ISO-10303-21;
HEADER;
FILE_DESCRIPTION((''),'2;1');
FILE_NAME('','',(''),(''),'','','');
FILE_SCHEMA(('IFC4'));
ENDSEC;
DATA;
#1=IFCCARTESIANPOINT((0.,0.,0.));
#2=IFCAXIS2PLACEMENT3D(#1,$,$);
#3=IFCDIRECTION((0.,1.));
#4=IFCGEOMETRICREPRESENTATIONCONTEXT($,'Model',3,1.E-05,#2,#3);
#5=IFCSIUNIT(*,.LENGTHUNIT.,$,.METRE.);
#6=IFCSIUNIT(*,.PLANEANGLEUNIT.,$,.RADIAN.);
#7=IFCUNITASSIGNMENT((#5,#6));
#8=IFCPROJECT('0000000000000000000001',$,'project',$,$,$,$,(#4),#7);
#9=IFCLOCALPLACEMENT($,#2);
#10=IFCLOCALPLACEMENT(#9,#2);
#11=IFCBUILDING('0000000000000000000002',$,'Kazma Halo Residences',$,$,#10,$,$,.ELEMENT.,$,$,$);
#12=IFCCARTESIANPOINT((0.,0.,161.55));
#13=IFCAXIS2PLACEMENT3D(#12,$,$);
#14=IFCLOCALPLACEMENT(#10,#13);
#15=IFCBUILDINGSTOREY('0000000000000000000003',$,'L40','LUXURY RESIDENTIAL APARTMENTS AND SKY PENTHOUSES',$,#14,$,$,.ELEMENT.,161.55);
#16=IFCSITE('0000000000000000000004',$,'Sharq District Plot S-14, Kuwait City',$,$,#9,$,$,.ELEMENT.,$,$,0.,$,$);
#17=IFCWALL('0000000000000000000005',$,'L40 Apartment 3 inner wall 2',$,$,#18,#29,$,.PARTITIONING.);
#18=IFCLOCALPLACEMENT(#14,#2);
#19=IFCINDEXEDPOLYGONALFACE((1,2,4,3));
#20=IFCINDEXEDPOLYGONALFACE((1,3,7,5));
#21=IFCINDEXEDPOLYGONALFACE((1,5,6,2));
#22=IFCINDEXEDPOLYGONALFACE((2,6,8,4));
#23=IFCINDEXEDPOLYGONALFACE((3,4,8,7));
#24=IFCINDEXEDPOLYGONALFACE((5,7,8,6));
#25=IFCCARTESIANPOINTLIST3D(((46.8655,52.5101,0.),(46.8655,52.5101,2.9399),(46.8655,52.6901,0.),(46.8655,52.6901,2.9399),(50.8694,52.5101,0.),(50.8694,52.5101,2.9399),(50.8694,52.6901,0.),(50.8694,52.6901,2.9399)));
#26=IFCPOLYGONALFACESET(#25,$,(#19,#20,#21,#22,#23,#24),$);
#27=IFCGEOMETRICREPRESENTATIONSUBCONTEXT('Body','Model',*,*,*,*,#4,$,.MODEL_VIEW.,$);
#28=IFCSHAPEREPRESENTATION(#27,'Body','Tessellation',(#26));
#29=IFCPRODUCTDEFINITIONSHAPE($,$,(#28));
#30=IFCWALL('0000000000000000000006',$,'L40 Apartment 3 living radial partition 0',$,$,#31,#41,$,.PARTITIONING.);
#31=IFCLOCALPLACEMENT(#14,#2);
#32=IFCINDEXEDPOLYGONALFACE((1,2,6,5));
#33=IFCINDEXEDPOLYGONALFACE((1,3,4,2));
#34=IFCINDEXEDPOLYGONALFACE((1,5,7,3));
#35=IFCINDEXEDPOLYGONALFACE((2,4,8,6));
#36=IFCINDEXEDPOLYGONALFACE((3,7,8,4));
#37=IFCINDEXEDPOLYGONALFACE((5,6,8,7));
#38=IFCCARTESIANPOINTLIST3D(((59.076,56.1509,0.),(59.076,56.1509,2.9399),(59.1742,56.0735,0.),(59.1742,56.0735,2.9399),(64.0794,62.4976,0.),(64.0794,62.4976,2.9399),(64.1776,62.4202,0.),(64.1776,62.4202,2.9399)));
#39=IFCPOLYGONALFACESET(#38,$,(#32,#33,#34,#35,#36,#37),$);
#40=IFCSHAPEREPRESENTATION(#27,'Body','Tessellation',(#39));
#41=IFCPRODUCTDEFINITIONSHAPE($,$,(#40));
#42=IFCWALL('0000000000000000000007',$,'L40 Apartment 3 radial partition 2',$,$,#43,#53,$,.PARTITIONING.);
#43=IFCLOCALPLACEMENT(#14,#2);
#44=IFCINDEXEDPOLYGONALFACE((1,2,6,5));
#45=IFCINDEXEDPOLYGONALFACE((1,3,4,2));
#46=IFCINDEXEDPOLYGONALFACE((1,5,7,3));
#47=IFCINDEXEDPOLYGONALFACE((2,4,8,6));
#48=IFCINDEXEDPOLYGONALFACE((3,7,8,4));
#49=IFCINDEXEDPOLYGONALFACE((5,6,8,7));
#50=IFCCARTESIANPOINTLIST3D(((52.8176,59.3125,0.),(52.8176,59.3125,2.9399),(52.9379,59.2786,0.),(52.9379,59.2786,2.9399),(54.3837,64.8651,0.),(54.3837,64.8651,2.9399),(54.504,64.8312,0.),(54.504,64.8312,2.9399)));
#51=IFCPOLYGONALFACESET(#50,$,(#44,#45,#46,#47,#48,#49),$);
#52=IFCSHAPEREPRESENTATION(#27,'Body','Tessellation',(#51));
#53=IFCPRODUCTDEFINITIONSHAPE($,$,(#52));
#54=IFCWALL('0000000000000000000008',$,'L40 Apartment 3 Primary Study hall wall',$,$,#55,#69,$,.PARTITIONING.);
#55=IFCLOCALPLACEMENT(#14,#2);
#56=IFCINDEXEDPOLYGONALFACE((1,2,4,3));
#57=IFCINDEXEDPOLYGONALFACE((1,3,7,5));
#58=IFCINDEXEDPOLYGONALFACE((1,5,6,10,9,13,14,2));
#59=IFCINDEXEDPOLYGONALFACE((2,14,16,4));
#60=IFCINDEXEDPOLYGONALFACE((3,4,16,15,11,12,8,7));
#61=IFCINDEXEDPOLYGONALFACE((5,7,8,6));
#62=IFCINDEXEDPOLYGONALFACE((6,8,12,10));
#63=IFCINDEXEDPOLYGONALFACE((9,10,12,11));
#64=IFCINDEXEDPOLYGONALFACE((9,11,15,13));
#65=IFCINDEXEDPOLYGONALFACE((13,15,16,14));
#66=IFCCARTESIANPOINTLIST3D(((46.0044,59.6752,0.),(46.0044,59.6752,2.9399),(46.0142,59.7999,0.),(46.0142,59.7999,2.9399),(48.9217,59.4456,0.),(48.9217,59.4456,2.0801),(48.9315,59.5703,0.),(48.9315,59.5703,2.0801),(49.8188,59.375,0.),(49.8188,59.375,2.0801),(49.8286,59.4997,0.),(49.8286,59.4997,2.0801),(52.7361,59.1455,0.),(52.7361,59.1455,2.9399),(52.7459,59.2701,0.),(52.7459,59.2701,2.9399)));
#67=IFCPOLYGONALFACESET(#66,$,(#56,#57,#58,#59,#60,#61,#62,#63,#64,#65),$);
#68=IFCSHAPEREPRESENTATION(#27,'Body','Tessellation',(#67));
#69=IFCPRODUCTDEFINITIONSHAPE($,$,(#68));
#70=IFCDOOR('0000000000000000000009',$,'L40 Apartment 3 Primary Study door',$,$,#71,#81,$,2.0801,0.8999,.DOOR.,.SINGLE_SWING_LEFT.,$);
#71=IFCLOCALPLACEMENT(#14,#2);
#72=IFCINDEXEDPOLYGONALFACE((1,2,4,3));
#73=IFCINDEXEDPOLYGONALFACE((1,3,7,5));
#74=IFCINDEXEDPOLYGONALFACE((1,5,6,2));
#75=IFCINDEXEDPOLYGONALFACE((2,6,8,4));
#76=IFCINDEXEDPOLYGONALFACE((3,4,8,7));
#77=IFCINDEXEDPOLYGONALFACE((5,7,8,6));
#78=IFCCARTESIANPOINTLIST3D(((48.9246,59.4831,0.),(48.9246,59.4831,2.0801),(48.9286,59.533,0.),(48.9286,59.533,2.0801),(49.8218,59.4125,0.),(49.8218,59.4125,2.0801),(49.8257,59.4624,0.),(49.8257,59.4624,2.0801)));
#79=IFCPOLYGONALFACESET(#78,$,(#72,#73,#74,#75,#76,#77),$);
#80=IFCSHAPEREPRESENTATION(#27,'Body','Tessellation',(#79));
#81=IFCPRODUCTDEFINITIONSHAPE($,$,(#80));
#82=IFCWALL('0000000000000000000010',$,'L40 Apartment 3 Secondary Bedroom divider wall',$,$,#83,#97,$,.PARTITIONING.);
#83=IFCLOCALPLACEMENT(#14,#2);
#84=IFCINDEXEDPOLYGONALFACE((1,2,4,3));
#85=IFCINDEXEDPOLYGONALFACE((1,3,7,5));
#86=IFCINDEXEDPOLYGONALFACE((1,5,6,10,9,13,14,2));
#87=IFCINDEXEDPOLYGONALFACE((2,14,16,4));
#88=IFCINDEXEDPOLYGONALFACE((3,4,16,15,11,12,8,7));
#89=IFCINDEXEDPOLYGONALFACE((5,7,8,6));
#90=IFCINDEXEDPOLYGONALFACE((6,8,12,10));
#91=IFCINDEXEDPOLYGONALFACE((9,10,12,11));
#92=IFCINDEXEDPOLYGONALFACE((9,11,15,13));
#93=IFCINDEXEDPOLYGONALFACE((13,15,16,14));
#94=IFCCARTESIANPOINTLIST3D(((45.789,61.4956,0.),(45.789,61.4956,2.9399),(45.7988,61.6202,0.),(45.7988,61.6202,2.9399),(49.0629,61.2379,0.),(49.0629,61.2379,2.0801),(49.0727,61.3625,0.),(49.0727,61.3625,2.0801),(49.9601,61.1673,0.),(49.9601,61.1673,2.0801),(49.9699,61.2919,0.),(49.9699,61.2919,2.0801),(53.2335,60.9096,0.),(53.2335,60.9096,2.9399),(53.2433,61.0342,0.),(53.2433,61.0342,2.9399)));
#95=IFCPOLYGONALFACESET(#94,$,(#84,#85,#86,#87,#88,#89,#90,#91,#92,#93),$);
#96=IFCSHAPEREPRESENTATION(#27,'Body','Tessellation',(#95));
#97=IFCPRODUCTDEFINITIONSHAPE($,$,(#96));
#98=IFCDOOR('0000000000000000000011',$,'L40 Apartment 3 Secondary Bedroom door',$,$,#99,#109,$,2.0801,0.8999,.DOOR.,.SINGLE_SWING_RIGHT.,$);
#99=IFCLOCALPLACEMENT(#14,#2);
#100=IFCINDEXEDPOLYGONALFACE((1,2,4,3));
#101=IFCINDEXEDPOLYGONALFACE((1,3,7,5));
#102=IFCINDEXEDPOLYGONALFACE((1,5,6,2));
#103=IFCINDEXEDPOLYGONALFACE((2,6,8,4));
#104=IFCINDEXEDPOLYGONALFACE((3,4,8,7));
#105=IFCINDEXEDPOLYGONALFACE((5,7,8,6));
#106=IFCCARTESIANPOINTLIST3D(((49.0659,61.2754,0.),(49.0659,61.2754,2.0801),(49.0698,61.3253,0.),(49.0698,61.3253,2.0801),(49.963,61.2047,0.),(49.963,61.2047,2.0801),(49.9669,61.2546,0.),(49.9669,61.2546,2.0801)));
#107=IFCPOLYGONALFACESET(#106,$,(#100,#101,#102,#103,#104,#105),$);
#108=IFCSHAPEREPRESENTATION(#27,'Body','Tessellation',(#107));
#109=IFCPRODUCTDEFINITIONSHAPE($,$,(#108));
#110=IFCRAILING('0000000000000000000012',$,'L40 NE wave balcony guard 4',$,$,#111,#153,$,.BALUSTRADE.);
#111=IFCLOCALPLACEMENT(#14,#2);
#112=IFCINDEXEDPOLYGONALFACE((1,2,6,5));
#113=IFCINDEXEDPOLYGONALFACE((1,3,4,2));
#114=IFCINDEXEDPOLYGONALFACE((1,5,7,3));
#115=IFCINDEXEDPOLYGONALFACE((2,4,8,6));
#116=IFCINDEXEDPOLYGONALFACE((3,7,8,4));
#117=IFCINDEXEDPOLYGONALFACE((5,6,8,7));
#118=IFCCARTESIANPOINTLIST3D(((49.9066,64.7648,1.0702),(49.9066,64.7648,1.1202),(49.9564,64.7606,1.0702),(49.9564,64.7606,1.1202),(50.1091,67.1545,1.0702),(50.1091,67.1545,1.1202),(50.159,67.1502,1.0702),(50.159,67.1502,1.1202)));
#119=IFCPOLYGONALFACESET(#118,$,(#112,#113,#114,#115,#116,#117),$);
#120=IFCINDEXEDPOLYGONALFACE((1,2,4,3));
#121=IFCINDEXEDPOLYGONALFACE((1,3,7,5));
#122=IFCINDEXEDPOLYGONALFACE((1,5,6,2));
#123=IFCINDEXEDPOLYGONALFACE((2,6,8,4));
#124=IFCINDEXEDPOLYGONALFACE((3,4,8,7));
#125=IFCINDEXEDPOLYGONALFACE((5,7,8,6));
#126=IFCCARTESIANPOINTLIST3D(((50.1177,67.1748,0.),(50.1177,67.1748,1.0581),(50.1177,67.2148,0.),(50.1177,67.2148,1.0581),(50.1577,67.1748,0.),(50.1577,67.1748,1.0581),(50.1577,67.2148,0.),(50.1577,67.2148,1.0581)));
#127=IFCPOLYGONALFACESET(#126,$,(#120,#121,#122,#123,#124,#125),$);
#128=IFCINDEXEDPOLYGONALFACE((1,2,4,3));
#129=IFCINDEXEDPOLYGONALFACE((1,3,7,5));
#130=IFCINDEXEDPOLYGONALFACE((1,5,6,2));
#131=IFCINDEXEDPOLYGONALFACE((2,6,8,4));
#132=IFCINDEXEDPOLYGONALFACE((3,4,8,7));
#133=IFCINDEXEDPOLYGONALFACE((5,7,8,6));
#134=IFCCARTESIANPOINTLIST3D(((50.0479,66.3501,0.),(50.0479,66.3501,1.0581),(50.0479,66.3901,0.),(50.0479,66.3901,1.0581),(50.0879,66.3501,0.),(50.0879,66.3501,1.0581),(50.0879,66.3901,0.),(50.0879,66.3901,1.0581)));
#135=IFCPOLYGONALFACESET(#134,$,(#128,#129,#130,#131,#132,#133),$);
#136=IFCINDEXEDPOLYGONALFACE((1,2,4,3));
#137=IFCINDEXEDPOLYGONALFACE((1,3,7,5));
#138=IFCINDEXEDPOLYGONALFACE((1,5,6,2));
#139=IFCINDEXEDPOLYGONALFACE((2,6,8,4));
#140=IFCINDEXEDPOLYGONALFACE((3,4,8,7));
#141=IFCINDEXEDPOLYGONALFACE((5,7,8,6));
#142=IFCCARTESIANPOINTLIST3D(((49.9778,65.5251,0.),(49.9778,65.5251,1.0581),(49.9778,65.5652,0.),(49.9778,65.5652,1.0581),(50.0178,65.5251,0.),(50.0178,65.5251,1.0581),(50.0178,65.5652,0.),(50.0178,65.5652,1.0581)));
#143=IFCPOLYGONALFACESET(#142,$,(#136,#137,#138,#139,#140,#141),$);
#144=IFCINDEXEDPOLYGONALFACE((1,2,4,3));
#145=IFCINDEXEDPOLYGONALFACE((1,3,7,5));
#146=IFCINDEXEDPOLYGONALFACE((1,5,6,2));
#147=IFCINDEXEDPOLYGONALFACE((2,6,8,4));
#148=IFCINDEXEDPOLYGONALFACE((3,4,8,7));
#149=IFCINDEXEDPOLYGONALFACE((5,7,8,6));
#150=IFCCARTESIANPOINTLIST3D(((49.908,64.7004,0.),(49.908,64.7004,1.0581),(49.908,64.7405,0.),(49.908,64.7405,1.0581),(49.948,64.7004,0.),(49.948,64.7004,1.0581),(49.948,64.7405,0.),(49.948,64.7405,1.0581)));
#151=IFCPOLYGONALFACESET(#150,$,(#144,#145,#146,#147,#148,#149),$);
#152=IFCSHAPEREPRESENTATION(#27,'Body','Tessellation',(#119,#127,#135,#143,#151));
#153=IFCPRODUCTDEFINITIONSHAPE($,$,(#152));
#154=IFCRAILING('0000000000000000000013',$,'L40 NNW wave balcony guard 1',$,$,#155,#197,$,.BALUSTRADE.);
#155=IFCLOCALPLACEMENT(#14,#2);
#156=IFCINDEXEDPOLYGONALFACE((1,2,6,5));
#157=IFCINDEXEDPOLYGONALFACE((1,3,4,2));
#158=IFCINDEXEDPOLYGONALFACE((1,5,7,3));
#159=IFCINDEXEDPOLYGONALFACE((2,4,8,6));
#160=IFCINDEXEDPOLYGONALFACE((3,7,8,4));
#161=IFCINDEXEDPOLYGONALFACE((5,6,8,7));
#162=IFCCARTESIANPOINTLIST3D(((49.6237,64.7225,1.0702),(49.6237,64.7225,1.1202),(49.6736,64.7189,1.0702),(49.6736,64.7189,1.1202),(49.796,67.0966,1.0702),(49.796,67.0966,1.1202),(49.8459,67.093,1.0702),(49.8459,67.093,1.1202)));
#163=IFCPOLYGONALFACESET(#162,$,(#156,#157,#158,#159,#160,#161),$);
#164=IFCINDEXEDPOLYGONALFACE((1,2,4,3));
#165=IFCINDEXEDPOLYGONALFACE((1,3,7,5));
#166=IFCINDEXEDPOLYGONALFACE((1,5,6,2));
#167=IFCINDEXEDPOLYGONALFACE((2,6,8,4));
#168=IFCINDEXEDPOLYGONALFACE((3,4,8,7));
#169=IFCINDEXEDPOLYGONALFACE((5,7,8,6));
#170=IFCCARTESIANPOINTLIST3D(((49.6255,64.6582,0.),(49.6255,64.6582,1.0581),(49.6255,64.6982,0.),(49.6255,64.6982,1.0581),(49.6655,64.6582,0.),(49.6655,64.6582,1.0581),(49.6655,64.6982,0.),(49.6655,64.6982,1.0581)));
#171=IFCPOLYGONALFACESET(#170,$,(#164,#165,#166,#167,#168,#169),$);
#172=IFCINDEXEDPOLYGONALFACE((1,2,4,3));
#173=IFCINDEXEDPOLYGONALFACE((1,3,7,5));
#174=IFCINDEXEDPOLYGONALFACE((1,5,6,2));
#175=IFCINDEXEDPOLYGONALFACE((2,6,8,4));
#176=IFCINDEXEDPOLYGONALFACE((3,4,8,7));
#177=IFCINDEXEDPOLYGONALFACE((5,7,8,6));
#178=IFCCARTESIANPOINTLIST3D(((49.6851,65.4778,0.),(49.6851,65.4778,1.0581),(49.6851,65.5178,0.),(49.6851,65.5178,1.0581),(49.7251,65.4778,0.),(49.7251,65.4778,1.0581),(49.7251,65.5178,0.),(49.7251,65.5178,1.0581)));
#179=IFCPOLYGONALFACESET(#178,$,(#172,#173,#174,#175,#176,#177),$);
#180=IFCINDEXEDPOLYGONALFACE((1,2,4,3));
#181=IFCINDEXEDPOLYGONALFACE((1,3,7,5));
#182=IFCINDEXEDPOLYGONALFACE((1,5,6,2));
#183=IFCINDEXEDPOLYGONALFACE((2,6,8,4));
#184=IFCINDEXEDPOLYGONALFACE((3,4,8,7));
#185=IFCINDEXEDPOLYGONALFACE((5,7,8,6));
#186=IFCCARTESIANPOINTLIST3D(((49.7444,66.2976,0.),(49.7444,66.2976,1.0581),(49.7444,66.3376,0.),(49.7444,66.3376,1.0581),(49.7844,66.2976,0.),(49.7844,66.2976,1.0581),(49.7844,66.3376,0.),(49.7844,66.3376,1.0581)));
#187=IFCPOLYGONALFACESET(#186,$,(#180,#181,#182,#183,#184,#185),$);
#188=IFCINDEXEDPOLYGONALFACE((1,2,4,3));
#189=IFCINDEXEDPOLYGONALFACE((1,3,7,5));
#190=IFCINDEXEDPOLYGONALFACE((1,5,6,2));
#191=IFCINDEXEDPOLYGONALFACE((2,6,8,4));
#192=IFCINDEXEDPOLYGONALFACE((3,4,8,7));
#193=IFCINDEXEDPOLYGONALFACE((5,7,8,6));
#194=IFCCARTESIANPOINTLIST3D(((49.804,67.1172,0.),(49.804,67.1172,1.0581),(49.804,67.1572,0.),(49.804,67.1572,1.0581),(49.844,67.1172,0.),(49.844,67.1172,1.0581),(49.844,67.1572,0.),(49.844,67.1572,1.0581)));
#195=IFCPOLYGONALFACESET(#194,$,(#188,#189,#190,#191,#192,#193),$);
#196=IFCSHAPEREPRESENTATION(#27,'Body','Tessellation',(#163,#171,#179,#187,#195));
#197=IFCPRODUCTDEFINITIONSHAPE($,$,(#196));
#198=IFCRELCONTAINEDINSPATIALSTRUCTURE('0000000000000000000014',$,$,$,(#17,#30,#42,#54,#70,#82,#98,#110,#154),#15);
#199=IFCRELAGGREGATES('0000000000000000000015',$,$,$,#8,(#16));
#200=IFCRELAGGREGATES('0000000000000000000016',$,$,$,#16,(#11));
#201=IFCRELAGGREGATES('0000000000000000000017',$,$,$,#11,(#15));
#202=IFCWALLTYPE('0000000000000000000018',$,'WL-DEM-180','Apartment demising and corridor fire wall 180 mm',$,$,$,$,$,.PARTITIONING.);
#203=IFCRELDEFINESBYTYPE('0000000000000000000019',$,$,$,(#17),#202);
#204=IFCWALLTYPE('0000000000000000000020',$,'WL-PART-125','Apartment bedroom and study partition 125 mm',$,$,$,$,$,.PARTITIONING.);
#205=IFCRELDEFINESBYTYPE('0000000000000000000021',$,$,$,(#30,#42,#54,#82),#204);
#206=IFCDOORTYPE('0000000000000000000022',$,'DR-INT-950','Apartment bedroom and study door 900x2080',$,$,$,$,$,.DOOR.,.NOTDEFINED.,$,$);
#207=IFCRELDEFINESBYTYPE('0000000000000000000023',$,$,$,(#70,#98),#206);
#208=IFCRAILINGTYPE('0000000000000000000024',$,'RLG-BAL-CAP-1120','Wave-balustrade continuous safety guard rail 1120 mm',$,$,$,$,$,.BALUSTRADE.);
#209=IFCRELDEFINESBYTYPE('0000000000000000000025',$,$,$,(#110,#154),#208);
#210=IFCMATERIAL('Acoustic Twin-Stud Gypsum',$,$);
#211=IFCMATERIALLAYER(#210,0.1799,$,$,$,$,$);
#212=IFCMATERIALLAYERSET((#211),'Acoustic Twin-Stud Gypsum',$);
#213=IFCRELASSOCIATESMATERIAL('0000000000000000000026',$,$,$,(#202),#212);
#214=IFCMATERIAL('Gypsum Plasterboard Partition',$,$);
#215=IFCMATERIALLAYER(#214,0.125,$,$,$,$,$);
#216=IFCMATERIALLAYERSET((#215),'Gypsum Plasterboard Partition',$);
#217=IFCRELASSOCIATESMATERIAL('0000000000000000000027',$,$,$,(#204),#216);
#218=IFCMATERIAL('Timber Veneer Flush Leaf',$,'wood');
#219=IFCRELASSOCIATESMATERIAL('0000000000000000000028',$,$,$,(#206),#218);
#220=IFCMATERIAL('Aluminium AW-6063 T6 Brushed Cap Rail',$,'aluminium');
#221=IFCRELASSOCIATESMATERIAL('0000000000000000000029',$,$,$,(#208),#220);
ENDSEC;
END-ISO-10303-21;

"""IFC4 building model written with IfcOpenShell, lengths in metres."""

from ifc_helpers import new_model, si_unit, direction, frame, frame_2d, origin, origin_2d, place, context, subcontext, project, spatial, rectangle, extrude, material, layer, layer_set, type_object, element, fill, save


model = new_model("IFC4")

# Units and contexts
model_context = context("Model", 3, precision=1e-05, world=origin(), true_north=direction((0.0, 1.0)))
body_context = subcontext(model_context, "Body", "Model", "MODEL_VIEW")
ifc_project = project(units=[si_unit("LENGTHUNIT", "METRE"), si_unit("PLANEANGLEUNIT", "RADIAN")], contexts=[model_context])

# Site, building, storey
site_placement = place(None, origin())
site = spatial("IfcSite", under=ifc_project, at=site_placement, Name="Sharq District Plot S-14, Kuwait City", CompositionType="ELEMENT", RefElevation=0.0)
building_placement = place(site_placement, origin())
building = spatial("IfcBuilding", under=site, at=building_placement, Name="Kazma Halo Residences", CompositionType="ELEMENT")
storey_placement = place(building_placement, frame((0.0, 0.0, 161.55)))
storey = spatial("IfcBuildingStorey", under=building, at=storey_placement, Name="L40", Description="LUXURY RESIDENTIAL APARTMENTS AND SKY PENTHOUSES", CompositionType="ELEMENT", Elevation=161.55)

# Shared definitions
ifc_material_1 = material(Name="Acoustic Twin-Stud Gypsum")
ifc_layer_1 = layer(ifc_material_1, 0.1799)
ifc_layer_set_1 = layer_set([ifc_layer_1], Name="Acoustic Twin-Stud Gypsum")
wall_type_1 = type_object("IfcWallType", Name="WL-DEM-180", Description="Apartment demising and corridor fire wall 180 mm", PredefinedType="PARTITIONING", material=ifc_layer_set_1)

# Walls
wall_1_placement = place(storey_placement, frame((50.8694, 52.6001, 0.0), z_axis=(0.0, 0.0, 1.0), x_axis=(-1.0, 0.0, 0.0)))
element("IfcWall", 1, at=wall_1_placement, inside=storey, type_object=wall_type_1, Name="L40 Apartment 3 inner wall 2", PredefinedType="PARTITIONING", context=body_context, shape_type="SweptSolid", body=[
    extrude(rectangle(XDim=4.0039, YDim=0.1799, at=frame_2d((2.002, 0.0))), origin(), (0.0, 0.0, 1.0), 2.9399),
])
ifc_material_2 = material(Name="Gypsum Plasterboard Partition")
ifc_layer_2 = layer(ifc_material_2, 0.125)
ifc_layer_set_2 = layer_set([ifc_layer_2], Name="Gypsum Plasterboard Partition")
wall_type_2 = type_object("IfcWallType", Name="WL-PART-125", Description="Apartment bedroom and study partition 125 mm", PredefinedType="PARTITIONING", material=ifc_layer_set_2)
wall_2_placement = place(storey_placement, frame((59.125, 56.1121, 0.0), z_axis=(0.0, 0.0, 1.0), x_axis=(0.619102, 0.785311, 0.0)))
element("IfcWall", 2, at=wall_2_placement, inside=storey, type_object=wall_type_2, Name="L40 Apartment 3 living radial partition 0", PredefinedType="PARTITIONING", context=body_context, shape_type="SweptSolid", body=[
    extrude(rectangle(XDim=8.0818, YDim=0.125, at=frame_2d((4.041, 0.0))), origin(), (0.0, 0.0, 1.0), 2.9399),
])
wall_3_placement = place(storey_placement, frame((52.8777, 59.2954, 0.0), z_axis=(0.0, 0.0, 1.0), x_axis=(0.271461, 0.962449, 0.0)))
element("IfcWall", 3, at=wall_3_placement, inside=storey, type_object=wall_type_2, Name="L40 Apartment 3 radial partition 2", PredefinedType="PARTITIONING", context=body_context, shape_type="SweptSolid", body=[
    extrude(rectangle(XDim=5.7693, YDim=0.125, at=frame_2d((2.8848, 0.0))), origin(), (0.0, 0.0, 1.0), 2.9399),
])

# Walls, openings, doors
wall_4_placement = place(storey_placement, frame((52.741, 59.2078, 0.0), z_axis=(0.0, 0.0, 1.0), x_axis=(-0.996917, 0.078458, 0.0)))
wall_4 = element("IfcWall", 4, at=wall_4_placement, inside=storey, type_object=wall_type_2, Name="L40 Apartment 3 Primary Study hall wall", PredefinedType="PARTITIONING", context=body_context, shape_type="SweptSolid", body=[
    extrude(rectangle(XDim=6.7524, YDim=0.125, at=frame_2d((3.3762, 0.0))), origin(), (0.0, 0.0, 1.0), 2.9399),
])
opening_1_placement = place(wall_4_placement, frame((2.9263, 0.0, 0.0)))
opening_1 = element("IfcOpeningElement", 5, at=opening_1_placement, cuts=wall_4, PredefinedType="OPENING", context=body_context, shape_type="SweptSolid", body=[
    extrude(rectangle(XDim=0.8999, YDim=2.0801, at=frame_2d((0.45, 1.04))), frame((0.0, 0.0725, 0.0), z_axis=(0.0, -1.0, 0.0), x_axis=(1.0, 0.0, 0.0)), (0.0, 0.0, 1.0), 0.145),
])
ifc_material_3 = material(Name="Timber Veneer Flush Leaf", Category="wood")
door_type_1 = type_object("IfcDoorType", Name="DR-INT-950", Description="Apartment bedroom and study door 900x2080", OperationType="NOTDEFINED", PredefinedType="DOOR", material=ifc_material_3)
door_1_placement = place(opening_1_placement, origin())
door_1 = element("IfcDoor", 6, at=door_1_placement, inside=storey, type_object=door_type_1, Name="L40 Apartment 3 Primary Study door", OperationType="SINGLE_SWING_LEFT", OverallHeight=2.0801, OverallWidth=0.8999, PredefinedType="DOOR", context=body_context, shape_type="SweptSolid", body=[
    extrude(rectangle(XDim=0.8999, YDim=2.0801, at=frame_2d((0.45, 1.04))), frame((0.0, 0.0249, 0.0), z_axis=(0.0, -1.0, 0.0), x_axis=(1.0, 0.0, 0.0)), (0.0, 0.0, 1.0), 0.05),
])
fill(opening_1, door_1)
wall_5_placement = place(storey_placement, frame((53.2385, 60.9719, 0.0), z_axis=(0.0, 0.0, 1.0), x_axis=(-0.996917, 0.078464, 0.0)))
wall_5 = element("IfcWall", 7, at=wall_5_placement, inside=storey, type_object=wall_type_2, Name="L40 Apartment 3 Secondary Bedroom divider wall", PredefinedType="PARTITIONING", context=body_context, shape_type="SweptSolid", body=[
    extrude(rectangle(XDim=7.4675, YDim=0.125, at=frame_2d((3.7339, 0.0))), origin(), (0.0, 0.0, 1.0), 2.9399),
])
opening_2_placement = place(wall_5_placement, frame((3.2837, 0.0, 0.0)))
opening_2 = element("IfcOpeningElement", 8, at=opening_2_placement, cuts=wall_5, PredefinedType="OPENING", context=body_context, shape_type="SweptSolid", body=[
    extrude(rectangle(XDim=0.8999, YDim=2.0801, at=frame_2d((0.45, 1.04))), frame((0.0, 0.0725, 0.0), z_axis=(0.0, -1.0, 0.0), x_axis=(1.0, 0.0, 0.0)), (0.0, 0.0, 1.0), 0.145),
])
door_2_placement = place(opening_2_placement, origin())
door_2 = element("IfcDoor", 9, at=door_2_placement, inside=storey, type_object=door_type_1, Name="L40 Apartment 3 Secondary Bedroom door", OperationType="SINGLE_SWING_RIGHT", OverallHeight=2.0801, OverallWidth=0.8999, PredefinedType="DOOR", context=body_context, shape_type="SweptSolid", body=[
    extrude(rectangle(XDim=0.8999, YDim=2.0801, at=frame_2d((0.45, 1.04))), frame((0.0, 0.0249, 0.0), z_axis=(0.0, -1.0, 0.0), x_axis=(1.0, 0.0, 0.0)), (0.0, 0.0, 1.0), 0.05),
])
fill(opening_2, door_2)

# Railings
ifc_material_4 = material(Name="Aluminium AW-6063 T6 Brushed Cap Rail", Category="aluminium")
railing_type = type_object("IfcRailingType", Name="RLG-BAL-CAP-1120", Description="Wave-balustrade continuous safety guard rail 1120 mm", PredefinedType="BALUSTRADE", material=ifc_material_4)
railing_1_placement = place(storey_placement, frame((50.1377, 67.1948, 0.0)))
element("IfcRailing", 10, at=railing_1_placement, inside=storey, type_object=railing_type, Name="L40 NE wave balcony guard 4", PredefinedType="BALUSTRADE", context=body_context, shape_type="SweptSolid", body=[
    extrude(rectangle(XDim=0.05, YDim=0.05, at=origin_2d()), frame((-0.0037, -0.0425, 1.0952), z_axis=(-0.084453, -0.996427, 0.0), x_axis=(0.996427, -0.084453, 0.0)), (0.0, 0.0, 1.0), 2.3982),
    extrude(rectangle(XDim=0.04, YDim=0.04, at=origin_2d()), origin(), (0.0, 0.0, 1.0), 1.0581),
    extrude(rectangle(XDim=0.04, YDim=0.04, at=origin_2d()), frame((-0.0698, -0.8247, 0.0)), (0.0, 0.0, 1.0), 1.0581),
    extrude(rectangle(XDim=0.04, YDim=0.04, at=origin_2d()), frame((-0.1399, -1.6497, 0.0)), (0.0, 0.0, 1.0), 1.0581),
    extrude(rectangle(XDim=0.04, YDim=0.04, at=origin_2d()), frame((-0.2097, -2.4744, 0.0)), (0.0, 0.0, 1.0), 1.0581),
])
railing_2_placement = place(storey_placement, frame((49.6455, 64.6782, 0.0)))
element("IfcRailing", 11, at=railing_2_placement, inside=storey, type_object=railing_type, Name="L40 NNW wave balcony guard 1", PredefinedType="BALUSTRADE", context=body_context, shape_type="SweptSolid", body=[
    extrude(rectangle(XDim=0.05, YDim=0.05, at=origin_2d()), frame((0.0032, 0.0425, 1.0952), z_axis=(0.072387, 0.997377, 0.0), x_axis=(-0.997377, 0.072387, 0.0)), (0.0, 0.0, 1.0), 2.3804),
    extrude(rectangle(XDim=0.04, YDim=0.04, at=origin_2d()), origin(), (0.0, 0.0, 1.0), 1.0581),
    extrude(rectangle(XDim=0.04, YDim=0.04, at=origin_2d()), frame((0.0596, 0.8196, 0.0)), (0.0, 0.0, 1.0), 1.0581),
    extrude(rectangle(XDim=0.04, YDim=0.04, at=origin_2d()), frame((0.1189, 1.6394, 0.0)), (0.0, 0.0, 1.0), 1.0581),
    extrude(rectangle(XDim=0.04, YDim=0.04, at=origin_2d()), frame((0.1785, 2.459, 0.0)), (0.0, 0.0, 1.0), 1.0581),
])

save(model, "model.ifc")
